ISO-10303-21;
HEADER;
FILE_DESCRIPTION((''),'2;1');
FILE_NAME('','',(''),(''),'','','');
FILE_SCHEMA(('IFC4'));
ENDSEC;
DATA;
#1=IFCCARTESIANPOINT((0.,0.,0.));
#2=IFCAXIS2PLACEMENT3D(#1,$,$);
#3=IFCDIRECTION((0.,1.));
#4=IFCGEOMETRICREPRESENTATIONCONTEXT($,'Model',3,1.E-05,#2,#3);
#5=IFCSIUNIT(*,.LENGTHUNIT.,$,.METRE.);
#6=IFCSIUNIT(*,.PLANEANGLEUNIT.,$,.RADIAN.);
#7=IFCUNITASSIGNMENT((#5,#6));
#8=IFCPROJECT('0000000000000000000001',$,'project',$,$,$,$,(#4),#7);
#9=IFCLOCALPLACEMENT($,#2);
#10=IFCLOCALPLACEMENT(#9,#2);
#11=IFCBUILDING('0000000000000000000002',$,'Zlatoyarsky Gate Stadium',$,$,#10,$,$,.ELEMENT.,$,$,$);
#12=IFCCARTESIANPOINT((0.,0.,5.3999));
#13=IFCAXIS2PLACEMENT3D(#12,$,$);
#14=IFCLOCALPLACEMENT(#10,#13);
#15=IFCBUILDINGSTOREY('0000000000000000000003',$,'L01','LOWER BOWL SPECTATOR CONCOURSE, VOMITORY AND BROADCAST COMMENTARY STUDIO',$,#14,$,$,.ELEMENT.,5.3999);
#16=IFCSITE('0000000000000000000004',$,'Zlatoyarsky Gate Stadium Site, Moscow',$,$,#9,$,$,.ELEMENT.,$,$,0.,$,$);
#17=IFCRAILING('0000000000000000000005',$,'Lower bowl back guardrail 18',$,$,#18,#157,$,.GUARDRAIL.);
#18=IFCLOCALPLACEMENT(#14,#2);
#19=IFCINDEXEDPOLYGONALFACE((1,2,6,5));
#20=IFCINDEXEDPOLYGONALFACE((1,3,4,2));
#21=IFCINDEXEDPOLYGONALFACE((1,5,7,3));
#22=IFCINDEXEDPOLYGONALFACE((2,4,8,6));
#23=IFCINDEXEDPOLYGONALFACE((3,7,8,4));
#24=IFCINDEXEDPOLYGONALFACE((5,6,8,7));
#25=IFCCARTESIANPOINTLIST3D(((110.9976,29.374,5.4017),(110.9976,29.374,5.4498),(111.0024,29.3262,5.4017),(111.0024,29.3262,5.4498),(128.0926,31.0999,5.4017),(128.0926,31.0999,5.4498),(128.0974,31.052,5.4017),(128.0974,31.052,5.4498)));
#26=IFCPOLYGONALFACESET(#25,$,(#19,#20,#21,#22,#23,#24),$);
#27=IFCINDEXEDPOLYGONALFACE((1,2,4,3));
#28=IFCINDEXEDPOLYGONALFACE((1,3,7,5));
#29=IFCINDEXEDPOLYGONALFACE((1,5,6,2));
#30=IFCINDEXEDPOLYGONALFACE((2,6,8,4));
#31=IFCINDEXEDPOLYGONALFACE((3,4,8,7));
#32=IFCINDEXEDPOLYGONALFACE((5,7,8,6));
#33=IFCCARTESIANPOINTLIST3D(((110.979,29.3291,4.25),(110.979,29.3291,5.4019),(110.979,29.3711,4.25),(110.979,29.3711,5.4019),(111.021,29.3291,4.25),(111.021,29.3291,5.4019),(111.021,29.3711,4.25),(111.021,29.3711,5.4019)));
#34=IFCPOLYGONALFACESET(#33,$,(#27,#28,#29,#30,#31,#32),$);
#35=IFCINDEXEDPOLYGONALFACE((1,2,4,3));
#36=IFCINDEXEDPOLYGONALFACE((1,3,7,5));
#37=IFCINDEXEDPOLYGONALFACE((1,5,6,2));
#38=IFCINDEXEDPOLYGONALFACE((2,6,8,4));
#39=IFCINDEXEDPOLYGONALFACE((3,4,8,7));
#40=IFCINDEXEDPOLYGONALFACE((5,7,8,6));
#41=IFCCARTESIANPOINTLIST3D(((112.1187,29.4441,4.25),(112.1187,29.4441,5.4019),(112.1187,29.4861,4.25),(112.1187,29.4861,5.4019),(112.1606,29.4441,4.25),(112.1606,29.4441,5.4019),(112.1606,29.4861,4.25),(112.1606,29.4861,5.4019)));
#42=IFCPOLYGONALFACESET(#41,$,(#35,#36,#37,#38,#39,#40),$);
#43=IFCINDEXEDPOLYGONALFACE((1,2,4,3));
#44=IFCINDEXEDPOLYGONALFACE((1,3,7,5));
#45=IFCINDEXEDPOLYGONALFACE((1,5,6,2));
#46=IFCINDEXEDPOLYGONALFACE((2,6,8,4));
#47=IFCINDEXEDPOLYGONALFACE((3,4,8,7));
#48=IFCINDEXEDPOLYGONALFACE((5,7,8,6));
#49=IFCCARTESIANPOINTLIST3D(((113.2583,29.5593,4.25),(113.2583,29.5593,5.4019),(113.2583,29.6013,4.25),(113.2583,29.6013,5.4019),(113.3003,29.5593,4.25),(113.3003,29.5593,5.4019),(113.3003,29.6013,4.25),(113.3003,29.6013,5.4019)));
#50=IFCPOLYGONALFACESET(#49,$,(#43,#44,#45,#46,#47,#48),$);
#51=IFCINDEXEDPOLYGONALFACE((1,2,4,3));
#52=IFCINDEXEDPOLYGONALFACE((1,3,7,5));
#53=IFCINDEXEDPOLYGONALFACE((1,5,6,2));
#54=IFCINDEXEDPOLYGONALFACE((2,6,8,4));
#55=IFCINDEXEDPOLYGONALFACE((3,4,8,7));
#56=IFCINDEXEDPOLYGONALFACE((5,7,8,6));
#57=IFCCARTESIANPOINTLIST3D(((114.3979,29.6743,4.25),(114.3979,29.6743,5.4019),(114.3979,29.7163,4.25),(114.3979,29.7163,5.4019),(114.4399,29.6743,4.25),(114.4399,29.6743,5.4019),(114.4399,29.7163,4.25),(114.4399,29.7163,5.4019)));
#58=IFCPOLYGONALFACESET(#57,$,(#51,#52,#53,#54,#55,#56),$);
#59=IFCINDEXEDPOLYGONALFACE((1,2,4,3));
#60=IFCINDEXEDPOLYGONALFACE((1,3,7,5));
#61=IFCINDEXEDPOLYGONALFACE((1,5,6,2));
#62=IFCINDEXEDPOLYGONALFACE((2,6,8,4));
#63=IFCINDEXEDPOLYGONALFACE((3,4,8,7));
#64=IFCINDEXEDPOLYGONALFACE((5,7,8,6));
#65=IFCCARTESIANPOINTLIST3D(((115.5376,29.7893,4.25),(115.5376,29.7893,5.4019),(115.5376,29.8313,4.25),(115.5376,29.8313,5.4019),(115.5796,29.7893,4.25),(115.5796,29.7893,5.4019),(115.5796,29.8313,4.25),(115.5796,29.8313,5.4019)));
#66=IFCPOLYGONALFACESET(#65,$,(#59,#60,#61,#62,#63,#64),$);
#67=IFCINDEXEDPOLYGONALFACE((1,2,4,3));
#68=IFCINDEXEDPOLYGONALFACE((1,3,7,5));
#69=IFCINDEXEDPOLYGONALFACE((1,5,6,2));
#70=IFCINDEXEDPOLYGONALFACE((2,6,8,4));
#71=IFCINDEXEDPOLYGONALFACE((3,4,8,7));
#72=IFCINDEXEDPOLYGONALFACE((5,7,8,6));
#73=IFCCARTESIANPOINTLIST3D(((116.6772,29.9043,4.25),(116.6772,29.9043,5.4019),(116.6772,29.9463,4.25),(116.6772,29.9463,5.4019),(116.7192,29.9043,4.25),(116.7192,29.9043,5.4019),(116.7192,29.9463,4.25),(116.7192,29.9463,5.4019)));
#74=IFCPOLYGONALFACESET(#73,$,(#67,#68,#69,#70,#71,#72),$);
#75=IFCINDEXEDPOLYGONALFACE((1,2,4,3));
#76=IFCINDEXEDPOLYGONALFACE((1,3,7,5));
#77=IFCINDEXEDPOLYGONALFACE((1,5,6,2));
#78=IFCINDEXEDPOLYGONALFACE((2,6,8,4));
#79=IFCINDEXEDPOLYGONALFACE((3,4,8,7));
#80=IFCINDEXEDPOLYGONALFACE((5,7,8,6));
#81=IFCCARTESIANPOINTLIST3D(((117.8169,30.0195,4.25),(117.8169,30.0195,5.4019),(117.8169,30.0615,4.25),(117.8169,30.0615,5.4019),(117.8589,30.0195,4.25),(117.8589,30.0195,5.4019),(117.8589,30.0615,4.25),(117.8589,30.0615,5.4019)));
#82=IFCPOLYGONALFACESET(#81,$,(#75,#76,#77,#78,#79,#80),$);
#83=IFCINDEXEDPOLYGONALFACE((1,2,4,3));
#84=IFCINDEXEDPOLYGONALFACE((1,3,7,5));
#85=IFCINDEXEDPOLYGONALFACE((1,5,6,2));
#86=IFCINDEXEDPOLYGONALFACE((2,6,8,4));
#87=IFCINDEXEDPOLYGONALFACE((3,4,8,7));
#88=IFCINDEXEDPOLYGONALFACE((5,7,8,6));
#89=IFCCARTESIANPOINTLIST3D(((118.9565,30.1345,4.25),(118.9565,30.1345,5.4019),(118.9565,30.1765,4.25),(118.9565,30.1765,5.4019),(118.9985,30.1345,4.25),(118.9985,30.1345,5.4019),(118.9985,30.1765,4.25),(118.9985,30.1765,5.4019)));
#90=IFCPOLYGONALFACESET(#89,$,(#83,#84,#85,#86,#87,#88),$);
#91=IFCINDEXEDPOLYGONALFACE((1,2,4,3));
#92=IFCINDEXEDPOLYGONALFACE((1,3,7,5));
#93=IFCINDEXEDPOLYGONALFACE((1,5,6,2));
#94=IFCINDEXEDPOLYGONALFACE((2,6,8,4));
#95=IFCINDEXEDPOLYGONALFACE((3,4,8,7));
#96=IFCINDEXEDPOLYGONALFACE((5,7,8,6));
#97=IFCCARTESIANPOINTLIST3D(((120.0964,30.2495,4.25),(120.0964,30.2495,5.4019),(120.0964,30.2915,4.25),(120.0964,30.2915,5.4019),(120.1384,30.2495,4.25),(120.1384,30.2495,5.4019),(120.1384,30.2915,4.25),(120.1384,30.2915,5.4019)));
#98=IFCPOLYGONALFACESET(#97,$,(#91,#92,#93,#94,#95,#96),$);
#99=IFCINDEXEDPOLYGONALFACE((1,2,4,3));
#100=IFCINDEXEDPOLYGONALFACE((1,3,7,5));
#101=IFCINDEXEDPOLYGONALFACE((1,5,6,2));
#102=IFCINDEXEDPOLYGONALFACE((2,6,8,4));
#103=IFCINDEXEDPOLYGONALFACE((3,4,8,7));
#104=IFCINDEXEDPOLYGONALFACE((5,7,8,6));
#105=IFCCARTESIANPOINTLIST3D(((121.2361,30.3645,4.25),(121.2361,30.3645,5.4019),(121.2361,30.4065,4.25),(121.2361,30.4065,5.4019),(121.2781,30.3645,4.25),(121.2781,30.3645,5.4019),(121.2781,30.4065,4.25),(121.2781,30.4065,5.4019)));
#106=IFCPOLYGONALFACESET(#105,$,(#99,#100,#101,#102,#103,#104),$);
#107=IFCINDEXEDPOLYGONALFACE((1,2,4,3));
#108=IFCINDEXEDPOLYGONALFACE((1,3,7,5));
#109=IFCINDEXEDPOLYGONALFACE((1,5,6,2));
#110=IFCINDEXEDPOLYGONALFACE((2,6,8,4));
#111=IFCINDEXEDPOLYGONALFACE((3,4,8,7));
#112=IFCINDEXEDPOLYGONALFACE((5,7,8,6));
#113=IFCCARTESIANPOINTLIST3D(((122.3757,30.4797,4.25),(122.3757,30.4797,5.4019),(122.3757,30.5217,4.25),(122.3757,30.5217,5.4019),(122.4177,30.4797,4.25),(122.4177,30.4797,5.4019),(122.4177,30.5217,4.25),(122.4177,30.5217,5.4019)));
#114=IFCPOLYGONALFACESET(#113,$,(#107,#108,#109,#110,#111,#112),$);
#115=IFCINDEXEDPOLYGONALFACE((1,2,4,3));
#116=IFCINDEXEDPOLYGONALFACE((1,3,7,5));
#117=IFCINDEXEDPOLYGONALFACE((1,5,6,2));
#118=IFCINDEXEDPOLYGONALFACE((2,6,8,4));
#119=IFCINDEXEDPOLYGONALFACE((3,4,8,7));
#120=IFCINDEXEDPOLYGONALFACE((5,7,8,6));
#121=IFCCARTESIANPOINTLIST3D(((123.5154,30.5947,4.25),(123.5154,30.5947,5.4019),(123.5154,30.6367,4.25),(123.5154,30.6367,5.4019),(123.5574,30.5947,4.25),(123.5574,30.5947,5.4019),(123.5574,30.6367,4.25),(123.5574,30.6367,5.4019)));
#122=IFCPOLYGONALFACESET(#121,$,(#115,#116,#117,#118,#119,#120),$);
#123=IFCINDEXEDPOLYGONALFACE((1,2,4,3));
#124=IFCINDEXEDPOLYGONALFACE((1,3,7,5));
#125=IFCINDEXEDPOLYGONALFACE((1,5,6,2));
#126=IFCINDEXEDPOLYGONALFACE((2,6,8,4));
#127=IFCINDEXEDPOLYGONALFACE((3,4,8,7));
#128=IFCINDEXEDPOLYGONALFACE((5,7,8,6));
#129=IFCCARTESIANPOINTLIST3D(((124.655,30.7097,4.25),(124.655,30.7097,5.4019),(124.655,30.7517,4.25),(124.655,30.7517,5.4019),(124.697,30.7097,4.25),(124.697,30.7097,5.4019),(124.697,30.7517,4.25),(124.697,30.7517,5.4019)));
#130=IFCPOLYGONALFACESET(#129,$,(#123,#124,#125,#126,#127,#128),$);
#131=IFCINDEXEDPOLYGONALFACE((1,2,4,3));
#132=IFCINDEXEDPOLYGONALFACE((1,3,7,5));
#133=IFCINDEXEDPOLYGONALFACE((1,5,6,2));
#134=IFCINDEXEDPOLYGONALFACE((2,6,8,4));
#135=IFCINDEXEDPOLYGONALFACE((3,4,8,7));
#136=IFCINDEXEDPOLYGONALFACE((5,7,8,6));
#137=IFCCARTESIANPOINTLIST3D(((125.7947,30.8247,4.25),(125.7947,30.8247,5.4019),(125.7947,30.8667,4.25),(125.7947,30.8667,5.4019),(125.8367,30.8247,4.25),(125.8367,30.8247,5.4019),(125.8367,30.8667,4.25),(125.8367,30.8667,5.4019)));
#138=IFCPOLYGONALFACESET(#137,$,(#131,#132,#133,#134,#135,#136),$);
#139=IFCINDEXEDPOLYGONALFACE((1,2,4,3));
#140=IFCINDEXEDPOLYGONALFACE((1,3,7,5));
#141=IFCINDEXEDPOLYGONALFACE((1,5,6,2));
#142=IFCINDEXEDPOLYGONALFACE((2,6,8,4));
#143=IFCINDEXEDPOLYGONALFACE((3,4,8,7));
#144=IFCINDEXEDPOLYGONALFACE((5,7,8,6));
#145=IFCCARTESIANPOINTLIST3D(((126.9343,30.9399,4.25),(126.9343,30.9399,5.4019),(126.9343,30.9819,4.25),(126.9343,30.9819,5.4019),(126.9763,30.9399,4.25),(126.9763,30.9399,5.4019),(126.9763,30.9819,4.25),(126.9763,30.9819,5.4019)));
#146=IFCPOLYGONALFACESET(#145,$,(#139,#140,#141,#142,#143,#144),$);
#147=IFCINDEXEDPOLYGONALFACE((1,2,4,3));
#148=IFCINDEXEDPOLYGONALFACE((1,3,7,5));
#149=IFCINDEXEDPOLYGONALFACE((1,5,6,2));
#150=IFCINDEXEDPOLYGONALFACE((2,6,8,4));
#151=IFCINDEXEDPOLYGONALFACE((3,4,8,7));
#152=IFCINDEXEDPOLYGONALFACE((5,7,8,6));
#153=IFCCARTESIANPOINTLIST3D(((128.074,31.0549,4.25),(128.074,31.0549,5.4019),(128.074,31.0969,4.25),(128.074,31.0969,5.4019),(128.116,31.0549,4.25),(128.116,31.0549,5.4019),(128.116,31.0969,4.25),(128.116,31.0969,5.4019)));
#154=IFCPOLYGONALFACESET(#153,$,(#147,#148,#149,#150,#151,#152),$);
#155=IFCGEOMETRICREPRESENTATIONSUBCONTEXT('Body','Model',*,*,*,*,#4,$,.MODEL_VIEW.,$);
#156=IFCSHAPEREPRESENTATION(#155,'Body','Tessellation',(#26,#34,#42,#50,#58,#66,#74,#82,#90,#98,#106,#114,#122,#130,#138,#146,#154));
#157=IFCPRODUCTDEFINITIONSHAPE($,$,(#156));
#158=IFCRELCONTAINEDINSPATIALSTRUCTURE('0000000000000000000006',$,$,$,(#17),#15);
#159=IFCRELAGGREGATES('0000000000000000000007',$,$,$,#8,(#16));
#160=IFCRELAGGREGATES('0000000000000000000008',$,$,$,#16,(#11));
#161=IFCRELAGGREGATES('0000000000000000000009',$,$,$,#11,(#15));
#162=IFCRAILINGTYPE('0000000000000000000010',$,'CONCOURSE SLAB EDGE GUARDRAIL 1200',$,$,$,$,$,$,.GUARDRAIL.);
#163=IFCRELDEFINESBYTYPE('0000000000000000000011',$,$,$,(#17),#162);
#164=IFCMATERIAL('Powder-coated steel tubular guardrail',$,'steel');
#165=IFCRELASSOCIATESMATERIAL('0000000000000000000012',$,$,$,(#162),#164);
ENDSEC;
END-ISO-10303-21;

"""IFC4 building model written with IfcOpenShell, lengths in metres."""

from ifc_helpers import new_model, si_unit, direction, frame, origin, origin_2d, place, context, subcontext, project, spatial, rectangle, extrude, material, type_object, element, save


model = new_model("IFC4")

# Units and contexts
model_context = context("Model", 3, precision=1e-05, world=origin(), true_north=direction((0.0, 1.0)))
body_context = subcontext(model_context, "Body", "Model", "MODEL_VIEW")
ifc_project = project(units=[si_unit("LENGTHUNIT", "METRE"), si_unit("PLANEANGLEUNIT", "RADIAN")], contexts=[model_context])

# Site, building, storey
site_placement = place(None, origin())
site = spatial("IfcSite", under=ifc_project, at=site_placement, Name="Zlatoyarsky Gate Stadium Site, Moscow", CompositionType="ELEMENT", RefElevation=0.0)
building_placement = place(site_placement, origin())
building = spatial("IfcBuilding", under=site, at=building_placement, Name="Zlatoyarsky Gate Stadium", CompositionType="ELEMENT")
storey_placement = place(building_placement, frame((0.0, 0.0, 5.3999)))
storey = spatial("IfcBuildingStorey", under=building, at=storey_placement, Name="L01", Description="LOWER BOWL SPECTATOR CONCOURSE, VOMITORY AND BROADCAST COMMENTARY STUDIO", CompositionType="ELEMENT", Elevation=5.3999)

# Railing
ifc_material_1 = material(Name="Powder-coated steel tubular guardrail", Category="steel")
railing_type_1 = type_object("IfcRailingType", Name="CONCOURSE SLAB EDGE GUARDRAIL 1200", PredefinedType="GUARDRAIL", material=ifc_material_1)
railing_1_placement = place(storey_placement, frame((111.0, 29.3501, 4.25)))
element("IfcRailing", 1, at=railing_1_placement, inside=storey, type_object=railing_type_1, Name="Lower bowl back guardrail 18", PredefinedType="GUARDRAIL", context=body_context, shape_type="SweptSolid", body=[
    extrude(rectangle(XDim=0.0481, YDim=0.0481, at=origin_2d()), frame((0.0, 0.0, 1.1758), z_axis=(0.994943, 0.100445, 0.0), x_axis=(-0.100445, 0.994943, 0.0)), (0.0, 0.0, 1.0), 17.1819),
    extrude(rectangle(XDim=0.042, YDim=0.042, at=origin_2d()), origin(), (0.0, 0.0, 1.0), 1.1519),
    extrude(rectangle(XDim=0.042, YDim=0.042, at=origin_2d()), frame((1.1396, 0.115, 0.0)), (0.0, 0.0, 1.0), 1.1519),
    extrude(rectangle(XDim=0.042, YDim=0.042, at=origin_2d()), frame((2.2793, 0.2302, 0.0)), (0.0, 0.0, 1.0), 1.1519),
    extrude(rectangle(XDim=0.042, YDim=0.042, at=origin_2d()), frame((3.4189, 0.3452, 0.0)), (0.0, 0.0, 1.0), 1.1519),
    extrude(rectangle(XDim=0.042, YDim=0.042, at=origin_2d()), frame((4.5586, 0.4602, 0.0)), (0.0, 0.0, 1.0), 1.1519),
    extrude(rectangle(XDim=0.042, YDim=0.042, at=origin_2d()), frame((5.6982, 0.5752, 0.0)), (0.0, 0.0, 1.0), 1.1519),
    extrude(rectangle(XDim=0.042, YDim=0.042, at=origin_2d()), frame((6.8379, 0.6904, 0.0)), (0.0, 0.0, 1.0), 1.1519),
    extrude(rectangle(XDim=0.042, YDim=0.042, at=origin_2d()), frame((7.9775, 0.8054, 0.0)), (0.0, 0.0, 1.0), 1.1519),
    extrude(rectangle(XDim=0.042, YDim=0.042, at=origin_2d()), frame((9.1174, 0.9204, 0.0)), (0.0, 0.0, 1.0), 1.1519),
    extrude(rectangle(XDim=0.042, YDim=0.042, at=origin_2d()), frame((10.2571, 1.0354, 0.0)), (0.0, 0.0, 1.0), 1.1519),
    extrude(rectangle(XDim=0.042, YDim=0.042, at=origin_2d()), frame((11.3967, 1.1506, 0.0)), (0.0, 0.0, 1.0), 1.1519),
    extrude(rectangle(XDim=0.042, YDim=0.042, at=origin_2d()), frame((12.5364, 1.2656, 0.0)), (0.0, 0.0, 1.0), 1.1519),
    extrude(rectangle(XDim=0.042, YDim=0.042, at=origin_2d()), frame((13.676, 1.3806, 0.0)), (0.0, 0.0, 1.0), 1.1519),
    extrude(rectangle(XDim=0.042, YDim=0.042, at=origin_2d()), frame((14.8157, 1.4956, 0.0)), (0.0, 0.0, 1.0), 1.1519),
    extrude(rectangle(XDim=0.042, YDim=0.042, at=origin_2d()), frame((15.9553, 1.6108, 0.0)), (0.0, 0.0, 1.0), 1.1519),
    extrude(rectangle(XDim=0.042, YDim=0.042, at=origin_2d()), frame((17.095, 1.7258, 0.0)), (0.0, 0.0, 1.0), 1.1519),
])

save(model, "model.ifc")
